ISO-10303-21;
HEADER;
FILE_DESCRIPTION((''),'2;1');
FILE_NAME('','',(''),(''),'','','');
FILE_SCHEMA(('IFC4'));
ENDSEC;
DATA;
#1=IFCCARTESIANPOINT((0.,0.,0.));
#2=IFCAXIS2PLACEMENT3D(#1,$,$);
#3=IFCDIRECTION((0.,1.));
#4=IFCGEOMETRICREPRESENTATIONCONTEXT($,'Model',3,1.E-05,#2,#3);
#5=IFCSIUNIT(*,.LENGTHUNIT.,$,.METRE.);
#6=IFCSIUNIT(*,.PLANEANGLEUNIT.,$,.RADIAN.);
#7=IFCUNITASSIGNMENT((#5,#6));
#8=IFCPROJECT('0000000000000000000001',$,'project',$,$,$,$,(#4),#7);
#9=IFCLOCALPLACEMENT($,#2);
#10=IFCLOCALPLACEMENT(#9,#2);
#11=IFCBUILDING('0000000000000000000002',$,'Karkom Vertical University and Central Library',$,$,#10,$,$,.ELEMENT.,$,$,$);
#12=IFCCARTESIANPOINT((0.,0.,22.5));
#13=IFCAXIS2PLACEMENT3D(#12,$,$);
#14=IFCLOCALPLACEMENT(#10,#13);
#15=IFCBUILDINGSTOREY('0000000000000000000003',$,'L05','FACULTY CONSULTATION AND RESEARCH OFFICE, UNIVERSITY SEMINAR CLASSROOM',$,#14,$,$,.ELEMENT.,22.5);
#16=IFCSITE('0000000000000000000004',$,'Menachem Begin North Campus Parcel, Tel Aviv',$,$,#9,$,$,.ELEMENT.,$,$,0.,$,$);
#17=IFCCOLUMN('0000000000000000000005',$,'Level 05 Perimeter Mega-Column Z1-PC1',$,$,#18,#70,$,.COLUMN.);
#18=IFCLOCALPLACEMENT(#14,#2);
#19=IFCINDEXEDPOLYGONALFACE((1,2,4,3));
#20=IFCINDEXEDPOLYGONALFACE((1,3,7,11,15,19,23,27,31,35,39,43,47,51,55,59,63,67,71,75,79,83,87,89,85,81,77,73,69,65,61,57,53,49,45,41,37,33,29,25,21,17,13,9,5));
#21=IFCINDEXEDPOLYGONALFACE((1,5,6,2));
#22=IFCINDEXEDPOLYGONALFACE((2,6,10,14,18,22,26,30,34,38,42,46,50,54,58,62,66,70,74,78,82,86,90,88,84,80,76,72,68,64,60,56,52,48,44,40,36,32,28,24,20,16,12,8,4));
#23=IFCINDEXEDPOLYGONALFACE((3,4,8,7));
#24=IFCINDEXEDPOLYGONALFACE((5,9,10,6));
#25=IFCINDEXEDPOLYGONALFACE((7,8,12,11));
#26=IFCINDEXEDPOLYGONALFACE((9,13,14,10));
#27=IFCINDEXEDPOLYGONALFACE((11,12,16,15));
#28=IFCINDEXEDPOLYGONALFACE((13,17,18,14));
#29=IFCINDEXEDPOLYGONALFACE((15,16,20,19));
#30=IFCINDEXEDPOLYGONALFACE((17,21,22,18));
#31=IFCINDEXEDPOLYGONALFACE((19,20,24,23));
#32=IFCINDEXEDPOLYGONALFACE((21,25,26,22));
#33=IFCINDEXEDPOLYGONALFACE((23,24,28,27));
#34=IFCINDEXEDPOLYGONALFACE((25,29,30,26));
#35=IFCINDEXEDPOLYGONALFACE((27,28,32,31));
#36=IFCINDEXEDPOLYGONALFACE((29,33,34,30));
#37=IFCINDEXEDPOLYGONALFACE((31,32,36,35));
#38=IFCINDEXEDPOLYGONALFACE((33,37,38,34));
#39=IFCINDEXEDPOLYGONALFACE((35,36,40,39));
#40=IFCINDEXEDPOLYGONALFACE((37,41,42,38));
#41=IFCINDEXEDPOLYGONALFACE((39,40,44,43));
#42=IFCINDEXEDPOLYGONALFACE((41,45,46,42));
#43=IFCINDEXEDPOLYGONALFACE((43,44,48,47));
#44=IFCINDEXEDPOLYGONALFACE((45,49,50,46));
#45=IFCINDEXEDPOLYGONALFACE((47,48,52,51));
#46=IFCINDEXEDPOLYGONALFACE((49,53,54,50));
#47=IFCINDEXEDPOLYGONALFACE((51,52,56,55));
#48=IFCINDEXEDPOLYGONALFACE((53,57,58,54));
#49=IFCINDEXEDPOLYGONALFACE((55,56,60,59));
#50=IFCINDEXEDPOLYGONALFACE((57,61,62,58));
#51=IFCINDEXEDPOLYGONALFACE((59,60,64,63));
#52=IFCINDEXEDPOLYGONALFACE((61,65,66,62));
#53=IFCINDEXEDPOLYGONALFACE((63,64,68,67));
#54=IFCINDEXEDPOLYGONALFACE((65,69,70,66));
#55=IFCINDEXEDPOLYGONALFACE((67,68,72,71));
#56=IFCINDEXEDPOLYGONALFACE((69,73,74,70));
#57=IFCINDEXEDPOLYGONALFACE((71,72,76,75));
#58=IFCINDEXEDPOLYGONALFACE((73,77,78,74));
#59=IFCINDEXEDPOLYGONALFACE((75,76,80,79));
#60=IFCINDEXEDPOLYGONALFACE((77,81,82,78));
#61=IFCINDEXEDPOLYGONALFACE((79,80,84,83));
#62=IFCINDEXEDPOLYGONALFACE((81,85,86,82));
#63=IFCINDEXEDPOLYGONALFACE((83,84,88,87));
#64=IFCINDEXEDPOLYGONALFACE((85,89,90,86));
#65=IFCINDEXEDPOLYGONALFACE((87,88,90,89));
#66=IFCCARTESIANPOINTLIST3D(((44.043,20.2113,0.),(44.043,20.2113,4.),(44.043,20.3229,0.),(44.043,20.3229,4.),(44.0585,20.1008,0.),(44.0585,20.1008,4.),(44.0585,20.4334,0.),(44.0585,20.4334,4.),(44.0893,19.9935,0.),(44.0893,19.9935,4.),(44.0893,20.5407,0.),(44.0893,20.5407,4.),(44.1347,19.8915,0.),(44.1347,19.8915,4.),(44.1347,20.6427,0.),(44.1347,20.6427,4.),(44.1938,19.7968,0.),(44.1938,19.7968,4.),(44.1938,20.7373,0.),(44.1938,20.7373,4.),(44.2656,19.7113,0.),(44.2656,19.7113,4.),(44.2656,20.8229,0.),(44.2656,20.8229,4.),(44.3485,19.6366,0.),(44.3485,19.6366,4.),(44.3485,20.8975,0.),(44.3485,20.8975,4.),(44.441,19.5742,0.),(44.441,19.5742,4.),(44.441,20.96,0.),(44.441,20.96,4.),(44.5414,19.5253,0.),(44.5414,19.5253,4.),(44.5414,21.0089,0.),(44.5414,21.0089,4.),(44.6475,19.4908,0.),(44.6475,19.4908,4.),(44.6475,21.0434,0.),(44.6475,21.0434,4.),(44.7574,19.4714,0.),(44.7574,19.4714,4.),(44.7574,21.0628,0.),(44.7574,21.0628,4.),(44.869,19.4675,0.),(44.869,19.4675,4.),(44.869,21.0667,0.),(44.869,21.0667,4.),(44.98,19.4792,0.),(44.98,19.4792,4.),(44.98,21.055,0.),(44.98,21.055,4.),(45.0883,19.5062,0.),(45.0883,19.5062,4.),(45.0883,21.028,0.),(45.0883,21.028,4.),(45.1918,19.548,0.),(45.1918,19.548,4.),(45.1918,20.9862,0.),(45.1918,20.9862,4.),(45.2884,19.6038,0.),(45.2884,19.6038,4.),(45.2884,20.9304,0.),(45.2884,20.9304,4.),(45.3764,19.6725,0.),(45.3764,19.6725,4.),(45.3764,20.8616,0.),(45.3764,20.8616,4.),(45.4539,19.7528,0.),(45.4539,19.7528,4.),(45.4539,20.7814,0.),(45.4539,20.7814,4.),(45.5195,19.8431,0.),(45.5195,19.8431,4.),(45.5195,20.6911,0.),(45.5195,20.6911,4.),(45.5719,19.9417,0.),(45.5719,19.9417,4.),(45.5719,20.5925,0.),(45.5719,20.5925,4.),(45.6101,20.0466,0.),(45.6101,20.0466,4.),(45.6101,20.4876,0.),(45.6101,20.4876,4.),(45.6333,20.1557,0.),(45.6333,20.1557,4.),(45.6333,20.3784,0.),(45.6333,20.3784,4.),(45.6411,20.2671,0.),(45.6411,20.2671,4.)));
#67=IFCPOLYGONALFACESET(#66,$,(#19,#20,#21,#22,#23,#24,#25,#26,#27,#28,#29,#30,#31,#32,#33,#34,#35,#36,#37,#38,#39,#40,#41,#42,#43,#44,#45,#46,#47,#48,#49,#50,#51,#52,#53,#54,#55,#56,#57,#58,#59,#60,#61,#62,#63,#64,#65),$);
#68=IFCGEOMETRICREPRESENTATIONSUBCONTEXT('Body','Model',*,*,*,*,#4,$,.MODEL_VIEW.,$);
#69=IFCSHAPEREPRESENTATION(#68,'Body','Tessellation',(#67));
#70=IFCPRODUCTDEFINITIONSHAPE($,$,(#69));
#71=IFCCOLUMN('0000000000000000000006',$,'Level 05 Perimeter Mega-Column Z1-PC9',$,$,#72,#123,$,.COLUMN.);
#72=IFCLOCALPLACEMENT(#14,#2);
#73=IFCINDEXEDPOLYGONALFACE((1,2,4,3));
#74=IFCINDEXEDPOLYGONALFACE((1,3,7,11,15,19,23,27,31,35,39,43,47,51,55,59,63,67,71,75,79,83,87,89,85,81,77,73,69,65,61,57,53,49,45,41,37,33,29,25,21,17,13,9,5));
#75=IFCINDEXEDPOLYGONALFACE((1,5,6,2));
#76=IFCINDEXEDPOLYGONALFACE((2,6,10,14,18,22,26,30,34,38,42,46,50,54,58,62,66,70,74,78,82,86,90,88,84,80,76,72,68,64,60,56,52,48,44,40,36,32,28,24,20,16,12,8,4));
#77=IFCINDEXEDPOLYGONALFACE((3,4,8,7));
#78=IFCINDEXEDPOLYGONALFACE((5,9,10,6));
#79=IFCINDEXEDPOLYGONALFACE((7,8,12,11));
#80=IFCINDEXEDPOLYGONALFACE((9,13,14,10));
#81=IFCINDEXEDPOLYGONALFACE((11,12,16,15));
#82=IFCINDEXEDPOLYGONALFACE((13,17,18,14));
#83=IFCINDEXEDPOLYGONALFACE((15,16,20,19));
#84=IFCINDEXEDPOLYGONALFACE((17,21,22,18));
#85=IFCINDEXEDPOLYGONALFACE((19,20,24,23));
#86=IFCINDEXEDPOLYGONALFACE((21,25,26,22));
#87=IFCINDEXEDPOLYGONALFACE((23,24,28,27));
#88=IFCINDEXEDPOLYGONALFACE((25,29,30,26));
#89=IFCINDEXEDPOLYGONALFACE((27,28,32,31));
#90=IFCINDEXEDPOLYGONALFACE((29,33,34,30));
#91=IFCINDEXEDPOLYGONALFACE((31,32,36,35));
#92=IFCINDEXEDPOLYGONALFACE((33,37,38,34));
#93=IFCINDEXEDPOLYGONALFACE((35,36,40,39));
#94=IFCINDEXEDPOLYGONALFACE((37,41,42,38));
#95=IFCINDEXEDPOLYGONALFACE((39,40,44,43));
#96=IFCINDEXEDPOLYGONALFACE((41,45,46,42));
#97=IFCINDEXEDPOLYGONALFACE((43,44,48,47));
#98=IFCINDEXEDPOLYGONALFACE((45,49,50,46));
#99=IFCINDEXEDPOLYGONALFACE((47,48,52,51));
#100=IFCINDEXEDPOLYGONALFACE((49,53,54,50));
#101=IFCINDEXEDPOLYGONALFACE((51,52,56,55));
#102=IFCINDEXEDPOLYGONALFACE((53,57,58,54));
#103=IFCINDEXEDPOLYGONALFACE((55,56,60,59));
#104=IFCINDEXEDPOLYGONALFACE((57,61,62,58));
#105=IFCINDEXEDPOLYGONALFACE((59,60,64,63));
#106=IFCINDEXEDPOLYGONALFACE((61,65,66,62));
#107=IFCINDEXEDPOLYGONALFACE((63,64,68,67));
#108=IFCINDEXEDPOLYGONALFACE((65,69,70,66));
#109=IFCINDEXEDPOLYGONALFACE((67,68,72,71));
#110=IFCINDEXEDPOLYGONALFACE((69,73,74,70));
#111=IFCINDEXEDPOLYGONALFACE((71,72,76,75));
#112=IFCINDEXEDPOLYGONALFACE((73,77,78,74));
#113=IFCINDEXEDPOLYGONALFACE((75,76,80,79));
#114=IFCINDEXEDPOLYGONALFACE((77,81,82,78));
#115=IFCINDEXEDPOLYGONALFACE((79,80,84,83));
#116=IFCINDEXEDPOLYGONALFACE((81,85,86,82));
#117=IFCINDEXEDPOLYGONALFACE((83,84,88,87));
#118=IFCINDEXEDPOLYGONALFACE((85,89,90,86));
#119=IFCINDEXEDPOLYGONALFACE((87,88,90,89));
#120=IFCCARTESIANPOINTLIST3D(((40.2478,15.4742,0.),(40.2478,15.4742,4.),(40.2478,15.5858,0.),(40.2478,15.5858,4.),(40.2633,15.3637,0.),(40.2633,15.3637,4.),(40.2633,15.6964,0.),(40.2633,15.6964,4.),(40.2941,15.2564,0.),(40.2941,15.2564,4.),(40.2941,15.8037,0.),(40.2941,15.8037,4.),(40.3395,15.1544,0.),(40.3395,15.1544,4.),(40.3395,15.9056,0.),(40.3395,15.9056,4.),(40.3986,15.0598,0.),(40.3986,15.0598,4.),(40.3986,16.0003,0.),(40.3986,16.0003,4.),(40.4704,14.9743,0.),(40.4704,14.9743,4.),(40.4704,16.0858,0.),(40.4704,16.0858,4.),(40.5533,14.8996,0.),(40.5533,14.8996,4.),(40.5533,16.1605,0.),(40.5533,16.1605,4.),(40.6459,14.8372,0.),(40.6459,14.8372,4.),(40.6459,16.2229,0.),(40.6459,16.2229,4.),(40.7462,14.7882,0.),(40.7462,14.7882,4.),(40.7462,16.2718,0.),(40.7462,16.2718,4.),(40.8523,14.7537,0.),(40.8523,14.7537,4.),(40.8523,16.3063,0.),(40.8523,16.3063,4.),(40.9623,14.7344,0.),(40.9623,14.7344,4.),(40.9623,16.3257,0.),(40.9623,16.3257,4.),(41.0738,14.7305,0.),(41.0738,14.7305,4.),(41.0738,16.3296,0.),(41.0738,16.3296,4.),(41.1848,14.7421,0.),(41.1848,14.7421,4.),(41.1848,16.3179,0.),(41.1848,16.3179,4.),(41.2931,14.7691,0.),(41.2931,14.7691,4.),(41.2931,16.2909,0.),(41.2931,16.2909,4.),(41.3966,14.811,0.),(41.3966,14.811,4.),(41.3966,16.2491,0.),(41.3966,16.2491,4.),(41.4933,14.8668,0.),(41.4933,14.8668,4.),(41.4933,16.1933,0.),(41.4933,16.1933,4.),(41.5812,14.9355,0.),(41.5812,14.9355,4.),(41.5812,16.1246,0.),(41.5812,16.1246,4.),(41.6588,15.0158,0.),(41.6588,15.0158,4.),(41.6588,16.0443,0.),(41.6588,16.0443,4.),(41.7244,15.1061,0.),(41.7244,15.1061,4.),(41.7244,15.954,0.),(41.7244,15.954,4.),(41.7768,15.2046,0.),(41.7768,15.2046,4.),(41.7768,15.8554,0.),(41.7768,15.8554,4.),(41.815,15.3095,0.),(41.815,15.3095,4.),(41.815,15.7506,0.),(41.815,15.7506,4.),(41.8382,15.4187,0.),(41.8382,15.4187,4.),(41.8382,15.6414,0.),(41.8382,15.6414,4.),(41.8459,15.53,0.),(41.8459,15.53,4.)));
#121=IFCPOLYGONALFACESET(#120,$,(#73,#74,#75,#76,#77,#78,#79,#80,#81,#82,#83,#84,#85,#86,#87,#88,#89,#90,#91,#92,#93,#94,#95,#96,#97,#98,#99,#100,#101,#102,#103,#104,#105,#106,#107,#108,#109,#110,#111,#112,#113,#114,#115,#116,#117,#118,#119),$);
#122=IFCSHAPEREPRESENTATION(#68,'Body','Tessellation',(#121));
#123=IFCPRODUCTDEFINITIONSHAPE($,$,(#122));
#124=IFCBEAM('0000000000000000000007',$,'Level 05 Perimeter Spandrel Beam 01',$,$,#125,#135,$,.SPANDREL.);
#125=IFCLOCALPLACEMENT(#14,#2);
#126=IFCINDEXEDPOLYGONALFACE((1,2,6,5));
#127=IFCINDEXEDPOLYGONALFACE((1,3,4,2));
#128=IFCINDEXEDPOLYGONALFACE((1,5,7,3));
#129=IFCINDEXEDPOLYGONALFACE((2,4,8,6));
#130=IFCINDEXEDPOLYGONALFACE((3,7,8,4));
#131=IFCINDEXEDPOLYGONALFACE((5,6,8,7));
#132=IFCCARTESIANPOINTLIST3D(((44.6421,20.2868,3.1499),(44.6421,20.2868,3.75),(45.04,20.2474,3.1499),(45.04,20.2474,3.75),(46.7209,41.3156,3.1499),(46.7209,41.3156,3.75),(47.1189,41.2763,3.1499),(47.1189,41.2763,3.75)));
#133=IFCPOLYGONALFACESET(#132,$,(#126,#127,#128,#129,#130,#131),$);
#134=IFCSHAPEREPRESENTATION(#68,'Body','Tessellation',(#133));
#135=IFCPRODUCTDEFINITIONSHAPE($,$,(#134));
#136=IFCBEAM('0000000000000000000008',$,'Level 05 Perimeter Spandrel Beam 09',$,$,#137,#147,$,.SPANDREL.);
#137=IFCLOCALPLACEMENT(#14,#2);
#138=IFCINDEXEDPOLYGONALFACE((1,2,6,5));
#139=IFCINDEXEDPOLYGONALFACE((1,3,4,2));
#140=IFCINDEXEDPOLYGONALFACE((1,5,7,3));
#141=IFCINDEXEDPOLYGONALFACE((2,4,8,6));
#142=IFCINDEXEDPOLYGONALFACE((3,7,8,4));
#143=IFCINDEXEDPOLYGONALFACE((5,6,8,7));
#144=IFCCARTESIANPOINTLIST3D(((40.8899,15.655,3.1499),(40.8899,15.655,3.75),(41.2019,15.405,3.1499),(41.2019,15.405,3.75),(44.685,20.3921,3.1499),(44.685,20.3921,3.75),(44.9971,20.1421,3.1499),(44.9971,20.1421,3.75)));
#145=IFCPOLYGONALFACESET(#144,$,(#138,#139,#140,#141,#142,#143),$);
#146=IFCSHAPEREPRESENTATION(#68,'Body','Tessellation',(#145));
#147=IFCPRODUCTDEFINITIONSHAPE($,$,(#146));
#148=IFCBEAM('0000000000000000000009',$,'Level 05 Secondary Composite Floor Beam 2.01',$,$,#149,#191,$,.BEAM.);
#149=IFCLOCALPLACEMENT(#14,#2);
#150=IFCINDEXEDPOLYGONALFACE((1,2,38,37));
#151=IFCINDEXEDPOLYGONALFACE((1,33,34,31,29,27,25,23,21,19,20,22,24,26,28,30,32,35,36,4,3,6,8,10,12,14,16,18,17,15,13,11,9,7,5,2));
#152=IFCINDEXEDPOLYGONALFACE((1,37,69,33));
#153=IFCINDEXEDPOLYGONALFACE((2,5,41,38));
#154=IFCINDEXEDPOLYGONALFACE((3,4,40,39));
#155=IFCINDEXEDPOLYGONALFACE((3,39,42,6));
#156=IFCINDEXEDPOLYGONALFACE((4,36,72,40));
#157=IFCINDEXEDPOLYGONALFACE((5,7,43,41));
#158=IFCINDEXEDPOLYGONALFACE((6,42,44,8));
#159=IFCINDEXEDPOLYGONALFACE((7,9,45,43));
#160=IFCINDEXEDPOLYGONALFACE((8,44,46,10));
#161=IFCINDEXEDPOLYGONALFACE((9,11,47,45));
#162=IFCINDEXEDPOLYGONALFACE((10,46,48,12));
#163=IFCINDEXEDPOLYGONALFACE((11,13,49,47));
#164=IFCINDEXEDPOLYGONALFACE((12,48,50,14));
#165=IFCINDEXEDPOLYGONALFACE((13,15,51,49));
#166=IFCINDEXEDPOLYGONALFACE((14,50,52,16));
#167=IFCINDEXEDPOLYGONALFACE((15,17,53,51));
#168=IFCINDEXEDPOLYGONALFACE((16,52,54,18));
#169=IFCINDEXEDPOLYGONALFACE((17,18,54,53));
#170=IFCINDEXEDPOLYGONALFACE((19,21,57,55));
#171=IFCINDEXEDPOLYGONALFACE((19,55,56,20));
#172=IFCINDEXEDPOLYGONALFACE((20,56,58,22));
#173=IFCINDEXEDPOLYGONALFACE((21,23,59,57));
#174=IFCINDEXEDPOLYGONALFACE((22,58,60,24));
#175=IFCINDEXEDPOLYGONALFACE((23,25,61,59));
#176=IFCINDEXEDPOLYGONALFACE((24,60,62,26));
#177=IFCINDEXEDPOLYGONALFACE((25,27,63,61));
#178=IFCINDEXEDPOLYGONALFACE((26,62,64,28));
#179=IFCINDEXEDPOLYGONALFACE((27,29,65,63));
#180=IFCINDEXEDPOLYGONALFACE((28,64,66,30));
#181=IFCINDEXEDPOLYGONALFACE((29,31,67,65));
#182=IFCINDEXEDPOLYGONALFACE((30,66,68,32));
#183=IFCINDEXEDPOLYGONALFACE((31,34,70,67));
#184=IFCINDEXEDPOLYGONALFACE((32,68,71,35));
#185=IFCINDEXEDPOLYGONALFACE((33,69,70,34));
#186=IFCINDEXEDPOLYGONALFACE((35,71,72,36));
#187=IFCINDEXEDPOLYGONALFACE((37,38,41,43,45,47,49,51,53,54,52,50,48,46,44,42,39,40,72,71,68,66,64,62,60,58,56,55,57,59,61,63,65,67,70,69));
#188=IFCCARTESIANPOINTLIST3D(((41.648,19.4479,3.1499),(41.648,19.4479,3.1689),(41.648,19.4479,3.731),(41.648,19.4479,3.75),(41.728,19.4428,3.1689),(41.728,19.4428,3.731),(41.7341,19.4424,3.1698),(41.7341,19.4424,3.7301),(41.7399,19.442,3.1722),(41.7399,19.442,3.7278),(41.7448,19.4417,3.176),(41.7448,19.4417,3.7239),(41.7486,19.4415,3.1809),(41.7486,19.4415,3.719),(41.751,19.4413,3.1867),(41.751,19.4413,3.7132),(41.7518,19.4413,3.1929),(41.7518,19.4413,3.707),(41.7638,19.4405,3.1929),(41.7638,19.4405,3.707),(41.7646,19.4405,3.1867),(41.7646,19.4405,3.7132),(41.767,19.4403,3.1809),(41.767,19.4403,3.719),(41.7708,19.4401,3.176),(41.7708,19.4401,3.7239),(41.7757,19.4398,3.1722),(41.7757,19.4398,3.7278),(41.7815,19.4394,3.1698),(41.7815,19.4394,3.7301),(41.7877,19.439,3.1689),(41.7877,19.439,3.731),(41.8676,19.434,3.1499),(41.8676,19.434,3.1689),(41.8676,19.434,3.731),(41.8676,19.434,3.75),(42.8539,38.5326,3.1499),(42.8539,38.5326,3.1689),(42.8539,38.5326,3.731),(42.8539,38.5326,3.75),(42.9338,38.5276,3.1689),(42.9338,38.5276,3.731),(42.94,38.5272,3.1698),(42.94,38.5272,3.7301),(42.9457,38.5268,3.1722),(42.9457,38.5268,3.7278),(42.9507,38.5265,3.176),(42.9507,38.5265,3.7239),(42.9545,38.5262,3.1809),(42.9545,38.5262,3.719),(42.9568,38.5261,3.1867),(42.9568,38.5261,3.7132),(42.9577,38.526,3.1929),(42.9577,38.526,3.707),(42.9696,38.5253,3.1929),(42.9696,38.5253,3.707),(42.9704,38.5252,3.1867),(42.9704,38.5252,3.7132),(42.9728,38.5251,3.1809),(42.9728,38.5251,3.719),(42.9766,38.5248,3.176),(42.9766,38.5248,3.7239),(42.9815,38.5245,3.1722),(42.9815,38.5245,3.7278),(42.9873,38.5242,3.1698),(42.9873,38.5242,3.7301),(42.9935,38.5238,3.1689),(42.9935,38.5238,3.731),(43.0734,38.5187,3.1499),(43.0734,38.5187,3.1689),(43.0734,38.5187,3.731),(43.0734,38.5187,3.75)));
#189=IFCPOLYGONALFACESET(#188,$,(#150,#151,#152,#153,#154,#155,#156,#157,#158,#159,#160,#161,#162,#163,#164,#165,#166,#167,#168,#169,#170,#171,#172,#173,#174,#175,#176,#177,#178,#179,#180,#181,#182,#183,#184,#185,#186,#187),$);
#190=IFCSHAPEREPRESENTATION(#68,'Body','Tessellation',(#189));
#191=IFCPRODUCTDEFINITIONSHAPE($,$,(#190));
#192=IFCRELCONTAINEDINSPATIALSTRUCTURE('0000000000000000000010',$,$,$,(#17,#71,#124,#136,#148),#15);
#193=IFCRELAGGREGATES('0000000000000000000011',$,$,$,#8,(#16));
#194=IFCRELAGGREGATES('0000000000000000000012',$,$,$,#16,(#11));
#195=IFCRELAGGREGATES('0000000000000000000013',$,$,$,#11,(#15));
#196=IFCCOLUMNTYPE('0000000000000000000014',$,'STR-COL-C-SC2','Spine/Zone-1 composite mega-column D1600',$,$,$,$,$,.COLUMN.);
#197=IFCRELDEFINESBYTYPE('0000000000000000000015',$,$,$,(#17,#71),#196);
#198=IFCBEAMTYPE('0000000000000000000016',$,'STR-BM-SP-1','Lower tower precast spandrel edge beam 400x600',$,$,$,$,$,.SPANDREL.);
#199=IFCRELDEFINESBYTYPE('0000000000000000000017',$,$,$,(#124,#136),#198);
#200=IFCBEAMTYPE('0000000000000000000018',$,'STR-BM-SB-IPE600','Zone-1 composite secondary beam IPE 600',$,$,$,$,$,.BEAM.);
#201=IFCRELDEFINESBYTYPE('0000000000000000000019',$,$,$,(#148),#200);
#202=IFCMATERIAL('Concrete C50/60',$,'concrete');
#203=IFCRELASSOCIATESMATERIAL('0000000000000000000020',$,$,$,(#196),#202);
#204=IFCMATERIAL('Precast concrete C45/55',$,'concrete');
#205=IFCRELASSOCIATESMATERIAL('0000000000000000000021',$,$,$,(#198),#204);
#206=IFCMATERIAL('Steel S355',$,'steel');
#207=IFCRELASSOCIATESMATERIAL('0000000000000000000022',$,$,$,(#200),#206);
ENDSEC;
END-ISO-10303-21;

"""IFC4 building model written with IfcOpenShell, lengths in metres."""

from ifc_helpers import new_model, si_unit, direction, frame, origin, origin_with_axes, origin_2d, place, context, subcontext, project, spatial, rectangle, circle, i_section, extrude, source, transform, mapped, material, material_profile, profile_set, type_object, element, save


model = new_model("IFC4")

# Units and contexts
model_context = context("Model", 3, precision=1e-05, world=origin(), true_north=direction((0.0, 1.0)))
body_context = subcontext(model_context, "Body", "Model", "MODEL_VIEW")
ifc_project = project(units=[si_unit("LENGTHUNIT", "METRE"), si_unit("PLANEANGLEUNIT", "RADIAN")], contexts=[model_context])

# Site, building, storey
site_placement = place(None, origin())
site = spatial("IfcSite", under=ifc_project, at=site_placement, Name="Menachem Begin North Campus Parcel, Tel Aviv", CompositionType="ELEMENT", RefElevation=0.0)
building_placement = place(site_placement, origin())
building = spatial("IfcBuilding", under=site, at=building_placement, Name="Karkom Vertical University and Central Library", CompositionType="ELEMENT")
storey_placement = place(building_placement, frame((0.0, 0.0, 22.5)))
storey = spatial("IfcBuildingStorey", under=building, at=storey_placement, Name="L05", Description="FACULTY CONSULTATION AND RESEARCH OFFICE, UNIVERSITY SEMINAR CLASSROOM", CompositionType="ELEMENT", Elevation=22.5)

# Columns
ifc_material_1 = material(Name="Concrete C50/60", Category="concrete")
ifc_material_profile_1 = material_profile(ifc_material_1, circle(Radius=0.8, at=origin_2d()), Name="CFT-D1600")
ifc_profile_set_1 = profile_set([ifc_material_profile_1], Name="Concrete C50/60")
column_type = type_object("IfcColumnType", Name="STR-COL-C-SC2", Description="Spine/Zone-1 composite mega-column D1600", PredefinedType="COLUMN", material=ifc_profile_set_1)
shared_shape_1 = source(origin_with_axes(), body_context, "Body", "SweptSolid", [
    extrude(circle(Radius=0.8, at=origin_2d()), origin(), (0.0, 0.0, 1.0), 4.0),
])
for number, where, z_axis, x_axis, name in (
    (1, (44.8411, 20.2671, 0.0), (0.0, 0.0, 1.0), (1.0, 0.0, 0.0), "Level 05 Perimeter Mega-Column Z1-PC1"),
    (2, (41.0459, 15.53, 0.0), (0.0, 0.0, 1.0), (1.0, 0.0, 0.0), "Level 05 Perimeter Mega-Column Z1-PC9"),
):
    element("IfcColumn", number, at=place(storey_placement, frame(where, z_axis=z_axis, x_axis=x_axis)), inside=storey, type_object=column_type, Name=name, PredefinedType="COLUMN", context=body_context, shape_type="MappedRepresentation", body=[
        mapped(shared_shape_1, transform((0.0, 0.0, 0.0), scale=1.0)),
    ])

# Beams
ifc_material_2 = material(Name="Precast concrete C45/55", Category="concrete")
ifc_material_profile_2 = material_profile(ifc_material_2, rectangle(XDim=0.3999, YDim=0.6001, at=origin_2d()), Name="SPB-400x600")
ifc_profile_set_2 = profile_set([ifc_material_profile_2], Name="Precast concrete C45/55")
beam_type_1 = type_object("IfcBeamType", Name="STR-BM-SP-1", Description="Lower tower precast spandrel edge beam 400x600", PredefinedType="SPANDREL", material=ifc_profile_set_2)
shared_shape_2 = source(origin_with_axes(), body_context, "Body", "SweptSolid", [
    extrude(rectangle(XDim=0.3999, YDim=0.6001, at=origin_2d()), origin(), (0.0, 0.0, 1.0), 21.1313),
])
beam_1_placement = place(storey_placement, frame((44.8411, 20.2671, 3.45), z_axis=(0.098378, 0.995149, 0.0), x_axis=(-0.995149, 0.098378, 0.0)))
element("IfcBeam", 3, at=beam_1_placement, inside=storey, type_object=beam_type_1, Name="Level 05 Perimeter Spandrel Beam 01", PredefinedType="SPANDREL", context=body_context, shape_type="MappedRepresentation", body=[
    mapped(shared_shape_2, transform((0.0, 0.0, 0.0), scale=1.0)),
])
shared_shape_3 = source(origin_with_axes(), body_context, "Body", "SweptSolid", [
    extrude(rectangle(XDim=0.3999, YDim=0.6001, at=origin_2d()), origin(), (0.0, 0.0, 1.0), 6.0698),
])
beam_2_placement = place(storey_placement, frame((41.0459, 15.53, 3.45), z_axis=(0.625249, 0.780425, 0.0), x_axis=(-0.780425, 0.625249, 0.0)))
element("IfcBeam", 4, at=beam_2_placement, inside=storey, type_object=beam_type_1, Name="Level 05 Perimeter Spandrel Beam 09", PredefinedType="SPANDREL", context=body_context, shape_type="MappedRepresentation", body=[
    mapped(shared_shape_3, transform((0.0, 0.0, 0.0), scale=1.0)),
])
ifc_material_3 = material(Name="Steel S355", Category="steel")
ifc_material_profile_3 = material_profile(ifc_material_3, i_section(OverallWidth=0.22, OverallDepth=0.6001, WebThickness=0.012, FlangeThickness=0.019, FilletRadius=0.0239, at=origin_2d()), Name="IPE 600")
ifc_profile_set_3 = profile_set([ifc_material_profile_3], Name="Steel S355")
beam_type_2 = type_object("IfcBeamType", Name="STR-BM-SB-IPE600", Description="Zone-1 composite secondary beam IPE 600", PredefinedType="BEAM", material=ifc_profile_set_3)
shared_shape_4 = source(origin_with_axes(), body_context, "Body", "SweptSolid", [
    extrude(i_section(OverallWidth=0.22, OverallDepth=0.6001, WebThickness=0.012, FlangeThickness=0.019, FilletRadius=0.0239, at=origin_2d()), origin(), (0.0, 0.0, 1.0), 19.1228),
])
beam_3_placement = place(storey_placement, frame((41.7578, 19.4409, 3.45), z_axis=(0.063056, 0.99801, 0.0), x_axis=(-0.99801, 0.063056, 0.0)))
element("IfcBeam", 5, at=beam_3_placement, inside=storey, type_object=beam_type_2, Name="Level 05 Secondary Composite Floor Beam 2.01", PredefinedType="BEAM", context=body_context, shape_type="MappedRepresentation", body=[
    mapped(shared_shape_4, transform((0.0, 0.0, 0.0), scale=1.0)),
])

save(model, "model.ifc")
